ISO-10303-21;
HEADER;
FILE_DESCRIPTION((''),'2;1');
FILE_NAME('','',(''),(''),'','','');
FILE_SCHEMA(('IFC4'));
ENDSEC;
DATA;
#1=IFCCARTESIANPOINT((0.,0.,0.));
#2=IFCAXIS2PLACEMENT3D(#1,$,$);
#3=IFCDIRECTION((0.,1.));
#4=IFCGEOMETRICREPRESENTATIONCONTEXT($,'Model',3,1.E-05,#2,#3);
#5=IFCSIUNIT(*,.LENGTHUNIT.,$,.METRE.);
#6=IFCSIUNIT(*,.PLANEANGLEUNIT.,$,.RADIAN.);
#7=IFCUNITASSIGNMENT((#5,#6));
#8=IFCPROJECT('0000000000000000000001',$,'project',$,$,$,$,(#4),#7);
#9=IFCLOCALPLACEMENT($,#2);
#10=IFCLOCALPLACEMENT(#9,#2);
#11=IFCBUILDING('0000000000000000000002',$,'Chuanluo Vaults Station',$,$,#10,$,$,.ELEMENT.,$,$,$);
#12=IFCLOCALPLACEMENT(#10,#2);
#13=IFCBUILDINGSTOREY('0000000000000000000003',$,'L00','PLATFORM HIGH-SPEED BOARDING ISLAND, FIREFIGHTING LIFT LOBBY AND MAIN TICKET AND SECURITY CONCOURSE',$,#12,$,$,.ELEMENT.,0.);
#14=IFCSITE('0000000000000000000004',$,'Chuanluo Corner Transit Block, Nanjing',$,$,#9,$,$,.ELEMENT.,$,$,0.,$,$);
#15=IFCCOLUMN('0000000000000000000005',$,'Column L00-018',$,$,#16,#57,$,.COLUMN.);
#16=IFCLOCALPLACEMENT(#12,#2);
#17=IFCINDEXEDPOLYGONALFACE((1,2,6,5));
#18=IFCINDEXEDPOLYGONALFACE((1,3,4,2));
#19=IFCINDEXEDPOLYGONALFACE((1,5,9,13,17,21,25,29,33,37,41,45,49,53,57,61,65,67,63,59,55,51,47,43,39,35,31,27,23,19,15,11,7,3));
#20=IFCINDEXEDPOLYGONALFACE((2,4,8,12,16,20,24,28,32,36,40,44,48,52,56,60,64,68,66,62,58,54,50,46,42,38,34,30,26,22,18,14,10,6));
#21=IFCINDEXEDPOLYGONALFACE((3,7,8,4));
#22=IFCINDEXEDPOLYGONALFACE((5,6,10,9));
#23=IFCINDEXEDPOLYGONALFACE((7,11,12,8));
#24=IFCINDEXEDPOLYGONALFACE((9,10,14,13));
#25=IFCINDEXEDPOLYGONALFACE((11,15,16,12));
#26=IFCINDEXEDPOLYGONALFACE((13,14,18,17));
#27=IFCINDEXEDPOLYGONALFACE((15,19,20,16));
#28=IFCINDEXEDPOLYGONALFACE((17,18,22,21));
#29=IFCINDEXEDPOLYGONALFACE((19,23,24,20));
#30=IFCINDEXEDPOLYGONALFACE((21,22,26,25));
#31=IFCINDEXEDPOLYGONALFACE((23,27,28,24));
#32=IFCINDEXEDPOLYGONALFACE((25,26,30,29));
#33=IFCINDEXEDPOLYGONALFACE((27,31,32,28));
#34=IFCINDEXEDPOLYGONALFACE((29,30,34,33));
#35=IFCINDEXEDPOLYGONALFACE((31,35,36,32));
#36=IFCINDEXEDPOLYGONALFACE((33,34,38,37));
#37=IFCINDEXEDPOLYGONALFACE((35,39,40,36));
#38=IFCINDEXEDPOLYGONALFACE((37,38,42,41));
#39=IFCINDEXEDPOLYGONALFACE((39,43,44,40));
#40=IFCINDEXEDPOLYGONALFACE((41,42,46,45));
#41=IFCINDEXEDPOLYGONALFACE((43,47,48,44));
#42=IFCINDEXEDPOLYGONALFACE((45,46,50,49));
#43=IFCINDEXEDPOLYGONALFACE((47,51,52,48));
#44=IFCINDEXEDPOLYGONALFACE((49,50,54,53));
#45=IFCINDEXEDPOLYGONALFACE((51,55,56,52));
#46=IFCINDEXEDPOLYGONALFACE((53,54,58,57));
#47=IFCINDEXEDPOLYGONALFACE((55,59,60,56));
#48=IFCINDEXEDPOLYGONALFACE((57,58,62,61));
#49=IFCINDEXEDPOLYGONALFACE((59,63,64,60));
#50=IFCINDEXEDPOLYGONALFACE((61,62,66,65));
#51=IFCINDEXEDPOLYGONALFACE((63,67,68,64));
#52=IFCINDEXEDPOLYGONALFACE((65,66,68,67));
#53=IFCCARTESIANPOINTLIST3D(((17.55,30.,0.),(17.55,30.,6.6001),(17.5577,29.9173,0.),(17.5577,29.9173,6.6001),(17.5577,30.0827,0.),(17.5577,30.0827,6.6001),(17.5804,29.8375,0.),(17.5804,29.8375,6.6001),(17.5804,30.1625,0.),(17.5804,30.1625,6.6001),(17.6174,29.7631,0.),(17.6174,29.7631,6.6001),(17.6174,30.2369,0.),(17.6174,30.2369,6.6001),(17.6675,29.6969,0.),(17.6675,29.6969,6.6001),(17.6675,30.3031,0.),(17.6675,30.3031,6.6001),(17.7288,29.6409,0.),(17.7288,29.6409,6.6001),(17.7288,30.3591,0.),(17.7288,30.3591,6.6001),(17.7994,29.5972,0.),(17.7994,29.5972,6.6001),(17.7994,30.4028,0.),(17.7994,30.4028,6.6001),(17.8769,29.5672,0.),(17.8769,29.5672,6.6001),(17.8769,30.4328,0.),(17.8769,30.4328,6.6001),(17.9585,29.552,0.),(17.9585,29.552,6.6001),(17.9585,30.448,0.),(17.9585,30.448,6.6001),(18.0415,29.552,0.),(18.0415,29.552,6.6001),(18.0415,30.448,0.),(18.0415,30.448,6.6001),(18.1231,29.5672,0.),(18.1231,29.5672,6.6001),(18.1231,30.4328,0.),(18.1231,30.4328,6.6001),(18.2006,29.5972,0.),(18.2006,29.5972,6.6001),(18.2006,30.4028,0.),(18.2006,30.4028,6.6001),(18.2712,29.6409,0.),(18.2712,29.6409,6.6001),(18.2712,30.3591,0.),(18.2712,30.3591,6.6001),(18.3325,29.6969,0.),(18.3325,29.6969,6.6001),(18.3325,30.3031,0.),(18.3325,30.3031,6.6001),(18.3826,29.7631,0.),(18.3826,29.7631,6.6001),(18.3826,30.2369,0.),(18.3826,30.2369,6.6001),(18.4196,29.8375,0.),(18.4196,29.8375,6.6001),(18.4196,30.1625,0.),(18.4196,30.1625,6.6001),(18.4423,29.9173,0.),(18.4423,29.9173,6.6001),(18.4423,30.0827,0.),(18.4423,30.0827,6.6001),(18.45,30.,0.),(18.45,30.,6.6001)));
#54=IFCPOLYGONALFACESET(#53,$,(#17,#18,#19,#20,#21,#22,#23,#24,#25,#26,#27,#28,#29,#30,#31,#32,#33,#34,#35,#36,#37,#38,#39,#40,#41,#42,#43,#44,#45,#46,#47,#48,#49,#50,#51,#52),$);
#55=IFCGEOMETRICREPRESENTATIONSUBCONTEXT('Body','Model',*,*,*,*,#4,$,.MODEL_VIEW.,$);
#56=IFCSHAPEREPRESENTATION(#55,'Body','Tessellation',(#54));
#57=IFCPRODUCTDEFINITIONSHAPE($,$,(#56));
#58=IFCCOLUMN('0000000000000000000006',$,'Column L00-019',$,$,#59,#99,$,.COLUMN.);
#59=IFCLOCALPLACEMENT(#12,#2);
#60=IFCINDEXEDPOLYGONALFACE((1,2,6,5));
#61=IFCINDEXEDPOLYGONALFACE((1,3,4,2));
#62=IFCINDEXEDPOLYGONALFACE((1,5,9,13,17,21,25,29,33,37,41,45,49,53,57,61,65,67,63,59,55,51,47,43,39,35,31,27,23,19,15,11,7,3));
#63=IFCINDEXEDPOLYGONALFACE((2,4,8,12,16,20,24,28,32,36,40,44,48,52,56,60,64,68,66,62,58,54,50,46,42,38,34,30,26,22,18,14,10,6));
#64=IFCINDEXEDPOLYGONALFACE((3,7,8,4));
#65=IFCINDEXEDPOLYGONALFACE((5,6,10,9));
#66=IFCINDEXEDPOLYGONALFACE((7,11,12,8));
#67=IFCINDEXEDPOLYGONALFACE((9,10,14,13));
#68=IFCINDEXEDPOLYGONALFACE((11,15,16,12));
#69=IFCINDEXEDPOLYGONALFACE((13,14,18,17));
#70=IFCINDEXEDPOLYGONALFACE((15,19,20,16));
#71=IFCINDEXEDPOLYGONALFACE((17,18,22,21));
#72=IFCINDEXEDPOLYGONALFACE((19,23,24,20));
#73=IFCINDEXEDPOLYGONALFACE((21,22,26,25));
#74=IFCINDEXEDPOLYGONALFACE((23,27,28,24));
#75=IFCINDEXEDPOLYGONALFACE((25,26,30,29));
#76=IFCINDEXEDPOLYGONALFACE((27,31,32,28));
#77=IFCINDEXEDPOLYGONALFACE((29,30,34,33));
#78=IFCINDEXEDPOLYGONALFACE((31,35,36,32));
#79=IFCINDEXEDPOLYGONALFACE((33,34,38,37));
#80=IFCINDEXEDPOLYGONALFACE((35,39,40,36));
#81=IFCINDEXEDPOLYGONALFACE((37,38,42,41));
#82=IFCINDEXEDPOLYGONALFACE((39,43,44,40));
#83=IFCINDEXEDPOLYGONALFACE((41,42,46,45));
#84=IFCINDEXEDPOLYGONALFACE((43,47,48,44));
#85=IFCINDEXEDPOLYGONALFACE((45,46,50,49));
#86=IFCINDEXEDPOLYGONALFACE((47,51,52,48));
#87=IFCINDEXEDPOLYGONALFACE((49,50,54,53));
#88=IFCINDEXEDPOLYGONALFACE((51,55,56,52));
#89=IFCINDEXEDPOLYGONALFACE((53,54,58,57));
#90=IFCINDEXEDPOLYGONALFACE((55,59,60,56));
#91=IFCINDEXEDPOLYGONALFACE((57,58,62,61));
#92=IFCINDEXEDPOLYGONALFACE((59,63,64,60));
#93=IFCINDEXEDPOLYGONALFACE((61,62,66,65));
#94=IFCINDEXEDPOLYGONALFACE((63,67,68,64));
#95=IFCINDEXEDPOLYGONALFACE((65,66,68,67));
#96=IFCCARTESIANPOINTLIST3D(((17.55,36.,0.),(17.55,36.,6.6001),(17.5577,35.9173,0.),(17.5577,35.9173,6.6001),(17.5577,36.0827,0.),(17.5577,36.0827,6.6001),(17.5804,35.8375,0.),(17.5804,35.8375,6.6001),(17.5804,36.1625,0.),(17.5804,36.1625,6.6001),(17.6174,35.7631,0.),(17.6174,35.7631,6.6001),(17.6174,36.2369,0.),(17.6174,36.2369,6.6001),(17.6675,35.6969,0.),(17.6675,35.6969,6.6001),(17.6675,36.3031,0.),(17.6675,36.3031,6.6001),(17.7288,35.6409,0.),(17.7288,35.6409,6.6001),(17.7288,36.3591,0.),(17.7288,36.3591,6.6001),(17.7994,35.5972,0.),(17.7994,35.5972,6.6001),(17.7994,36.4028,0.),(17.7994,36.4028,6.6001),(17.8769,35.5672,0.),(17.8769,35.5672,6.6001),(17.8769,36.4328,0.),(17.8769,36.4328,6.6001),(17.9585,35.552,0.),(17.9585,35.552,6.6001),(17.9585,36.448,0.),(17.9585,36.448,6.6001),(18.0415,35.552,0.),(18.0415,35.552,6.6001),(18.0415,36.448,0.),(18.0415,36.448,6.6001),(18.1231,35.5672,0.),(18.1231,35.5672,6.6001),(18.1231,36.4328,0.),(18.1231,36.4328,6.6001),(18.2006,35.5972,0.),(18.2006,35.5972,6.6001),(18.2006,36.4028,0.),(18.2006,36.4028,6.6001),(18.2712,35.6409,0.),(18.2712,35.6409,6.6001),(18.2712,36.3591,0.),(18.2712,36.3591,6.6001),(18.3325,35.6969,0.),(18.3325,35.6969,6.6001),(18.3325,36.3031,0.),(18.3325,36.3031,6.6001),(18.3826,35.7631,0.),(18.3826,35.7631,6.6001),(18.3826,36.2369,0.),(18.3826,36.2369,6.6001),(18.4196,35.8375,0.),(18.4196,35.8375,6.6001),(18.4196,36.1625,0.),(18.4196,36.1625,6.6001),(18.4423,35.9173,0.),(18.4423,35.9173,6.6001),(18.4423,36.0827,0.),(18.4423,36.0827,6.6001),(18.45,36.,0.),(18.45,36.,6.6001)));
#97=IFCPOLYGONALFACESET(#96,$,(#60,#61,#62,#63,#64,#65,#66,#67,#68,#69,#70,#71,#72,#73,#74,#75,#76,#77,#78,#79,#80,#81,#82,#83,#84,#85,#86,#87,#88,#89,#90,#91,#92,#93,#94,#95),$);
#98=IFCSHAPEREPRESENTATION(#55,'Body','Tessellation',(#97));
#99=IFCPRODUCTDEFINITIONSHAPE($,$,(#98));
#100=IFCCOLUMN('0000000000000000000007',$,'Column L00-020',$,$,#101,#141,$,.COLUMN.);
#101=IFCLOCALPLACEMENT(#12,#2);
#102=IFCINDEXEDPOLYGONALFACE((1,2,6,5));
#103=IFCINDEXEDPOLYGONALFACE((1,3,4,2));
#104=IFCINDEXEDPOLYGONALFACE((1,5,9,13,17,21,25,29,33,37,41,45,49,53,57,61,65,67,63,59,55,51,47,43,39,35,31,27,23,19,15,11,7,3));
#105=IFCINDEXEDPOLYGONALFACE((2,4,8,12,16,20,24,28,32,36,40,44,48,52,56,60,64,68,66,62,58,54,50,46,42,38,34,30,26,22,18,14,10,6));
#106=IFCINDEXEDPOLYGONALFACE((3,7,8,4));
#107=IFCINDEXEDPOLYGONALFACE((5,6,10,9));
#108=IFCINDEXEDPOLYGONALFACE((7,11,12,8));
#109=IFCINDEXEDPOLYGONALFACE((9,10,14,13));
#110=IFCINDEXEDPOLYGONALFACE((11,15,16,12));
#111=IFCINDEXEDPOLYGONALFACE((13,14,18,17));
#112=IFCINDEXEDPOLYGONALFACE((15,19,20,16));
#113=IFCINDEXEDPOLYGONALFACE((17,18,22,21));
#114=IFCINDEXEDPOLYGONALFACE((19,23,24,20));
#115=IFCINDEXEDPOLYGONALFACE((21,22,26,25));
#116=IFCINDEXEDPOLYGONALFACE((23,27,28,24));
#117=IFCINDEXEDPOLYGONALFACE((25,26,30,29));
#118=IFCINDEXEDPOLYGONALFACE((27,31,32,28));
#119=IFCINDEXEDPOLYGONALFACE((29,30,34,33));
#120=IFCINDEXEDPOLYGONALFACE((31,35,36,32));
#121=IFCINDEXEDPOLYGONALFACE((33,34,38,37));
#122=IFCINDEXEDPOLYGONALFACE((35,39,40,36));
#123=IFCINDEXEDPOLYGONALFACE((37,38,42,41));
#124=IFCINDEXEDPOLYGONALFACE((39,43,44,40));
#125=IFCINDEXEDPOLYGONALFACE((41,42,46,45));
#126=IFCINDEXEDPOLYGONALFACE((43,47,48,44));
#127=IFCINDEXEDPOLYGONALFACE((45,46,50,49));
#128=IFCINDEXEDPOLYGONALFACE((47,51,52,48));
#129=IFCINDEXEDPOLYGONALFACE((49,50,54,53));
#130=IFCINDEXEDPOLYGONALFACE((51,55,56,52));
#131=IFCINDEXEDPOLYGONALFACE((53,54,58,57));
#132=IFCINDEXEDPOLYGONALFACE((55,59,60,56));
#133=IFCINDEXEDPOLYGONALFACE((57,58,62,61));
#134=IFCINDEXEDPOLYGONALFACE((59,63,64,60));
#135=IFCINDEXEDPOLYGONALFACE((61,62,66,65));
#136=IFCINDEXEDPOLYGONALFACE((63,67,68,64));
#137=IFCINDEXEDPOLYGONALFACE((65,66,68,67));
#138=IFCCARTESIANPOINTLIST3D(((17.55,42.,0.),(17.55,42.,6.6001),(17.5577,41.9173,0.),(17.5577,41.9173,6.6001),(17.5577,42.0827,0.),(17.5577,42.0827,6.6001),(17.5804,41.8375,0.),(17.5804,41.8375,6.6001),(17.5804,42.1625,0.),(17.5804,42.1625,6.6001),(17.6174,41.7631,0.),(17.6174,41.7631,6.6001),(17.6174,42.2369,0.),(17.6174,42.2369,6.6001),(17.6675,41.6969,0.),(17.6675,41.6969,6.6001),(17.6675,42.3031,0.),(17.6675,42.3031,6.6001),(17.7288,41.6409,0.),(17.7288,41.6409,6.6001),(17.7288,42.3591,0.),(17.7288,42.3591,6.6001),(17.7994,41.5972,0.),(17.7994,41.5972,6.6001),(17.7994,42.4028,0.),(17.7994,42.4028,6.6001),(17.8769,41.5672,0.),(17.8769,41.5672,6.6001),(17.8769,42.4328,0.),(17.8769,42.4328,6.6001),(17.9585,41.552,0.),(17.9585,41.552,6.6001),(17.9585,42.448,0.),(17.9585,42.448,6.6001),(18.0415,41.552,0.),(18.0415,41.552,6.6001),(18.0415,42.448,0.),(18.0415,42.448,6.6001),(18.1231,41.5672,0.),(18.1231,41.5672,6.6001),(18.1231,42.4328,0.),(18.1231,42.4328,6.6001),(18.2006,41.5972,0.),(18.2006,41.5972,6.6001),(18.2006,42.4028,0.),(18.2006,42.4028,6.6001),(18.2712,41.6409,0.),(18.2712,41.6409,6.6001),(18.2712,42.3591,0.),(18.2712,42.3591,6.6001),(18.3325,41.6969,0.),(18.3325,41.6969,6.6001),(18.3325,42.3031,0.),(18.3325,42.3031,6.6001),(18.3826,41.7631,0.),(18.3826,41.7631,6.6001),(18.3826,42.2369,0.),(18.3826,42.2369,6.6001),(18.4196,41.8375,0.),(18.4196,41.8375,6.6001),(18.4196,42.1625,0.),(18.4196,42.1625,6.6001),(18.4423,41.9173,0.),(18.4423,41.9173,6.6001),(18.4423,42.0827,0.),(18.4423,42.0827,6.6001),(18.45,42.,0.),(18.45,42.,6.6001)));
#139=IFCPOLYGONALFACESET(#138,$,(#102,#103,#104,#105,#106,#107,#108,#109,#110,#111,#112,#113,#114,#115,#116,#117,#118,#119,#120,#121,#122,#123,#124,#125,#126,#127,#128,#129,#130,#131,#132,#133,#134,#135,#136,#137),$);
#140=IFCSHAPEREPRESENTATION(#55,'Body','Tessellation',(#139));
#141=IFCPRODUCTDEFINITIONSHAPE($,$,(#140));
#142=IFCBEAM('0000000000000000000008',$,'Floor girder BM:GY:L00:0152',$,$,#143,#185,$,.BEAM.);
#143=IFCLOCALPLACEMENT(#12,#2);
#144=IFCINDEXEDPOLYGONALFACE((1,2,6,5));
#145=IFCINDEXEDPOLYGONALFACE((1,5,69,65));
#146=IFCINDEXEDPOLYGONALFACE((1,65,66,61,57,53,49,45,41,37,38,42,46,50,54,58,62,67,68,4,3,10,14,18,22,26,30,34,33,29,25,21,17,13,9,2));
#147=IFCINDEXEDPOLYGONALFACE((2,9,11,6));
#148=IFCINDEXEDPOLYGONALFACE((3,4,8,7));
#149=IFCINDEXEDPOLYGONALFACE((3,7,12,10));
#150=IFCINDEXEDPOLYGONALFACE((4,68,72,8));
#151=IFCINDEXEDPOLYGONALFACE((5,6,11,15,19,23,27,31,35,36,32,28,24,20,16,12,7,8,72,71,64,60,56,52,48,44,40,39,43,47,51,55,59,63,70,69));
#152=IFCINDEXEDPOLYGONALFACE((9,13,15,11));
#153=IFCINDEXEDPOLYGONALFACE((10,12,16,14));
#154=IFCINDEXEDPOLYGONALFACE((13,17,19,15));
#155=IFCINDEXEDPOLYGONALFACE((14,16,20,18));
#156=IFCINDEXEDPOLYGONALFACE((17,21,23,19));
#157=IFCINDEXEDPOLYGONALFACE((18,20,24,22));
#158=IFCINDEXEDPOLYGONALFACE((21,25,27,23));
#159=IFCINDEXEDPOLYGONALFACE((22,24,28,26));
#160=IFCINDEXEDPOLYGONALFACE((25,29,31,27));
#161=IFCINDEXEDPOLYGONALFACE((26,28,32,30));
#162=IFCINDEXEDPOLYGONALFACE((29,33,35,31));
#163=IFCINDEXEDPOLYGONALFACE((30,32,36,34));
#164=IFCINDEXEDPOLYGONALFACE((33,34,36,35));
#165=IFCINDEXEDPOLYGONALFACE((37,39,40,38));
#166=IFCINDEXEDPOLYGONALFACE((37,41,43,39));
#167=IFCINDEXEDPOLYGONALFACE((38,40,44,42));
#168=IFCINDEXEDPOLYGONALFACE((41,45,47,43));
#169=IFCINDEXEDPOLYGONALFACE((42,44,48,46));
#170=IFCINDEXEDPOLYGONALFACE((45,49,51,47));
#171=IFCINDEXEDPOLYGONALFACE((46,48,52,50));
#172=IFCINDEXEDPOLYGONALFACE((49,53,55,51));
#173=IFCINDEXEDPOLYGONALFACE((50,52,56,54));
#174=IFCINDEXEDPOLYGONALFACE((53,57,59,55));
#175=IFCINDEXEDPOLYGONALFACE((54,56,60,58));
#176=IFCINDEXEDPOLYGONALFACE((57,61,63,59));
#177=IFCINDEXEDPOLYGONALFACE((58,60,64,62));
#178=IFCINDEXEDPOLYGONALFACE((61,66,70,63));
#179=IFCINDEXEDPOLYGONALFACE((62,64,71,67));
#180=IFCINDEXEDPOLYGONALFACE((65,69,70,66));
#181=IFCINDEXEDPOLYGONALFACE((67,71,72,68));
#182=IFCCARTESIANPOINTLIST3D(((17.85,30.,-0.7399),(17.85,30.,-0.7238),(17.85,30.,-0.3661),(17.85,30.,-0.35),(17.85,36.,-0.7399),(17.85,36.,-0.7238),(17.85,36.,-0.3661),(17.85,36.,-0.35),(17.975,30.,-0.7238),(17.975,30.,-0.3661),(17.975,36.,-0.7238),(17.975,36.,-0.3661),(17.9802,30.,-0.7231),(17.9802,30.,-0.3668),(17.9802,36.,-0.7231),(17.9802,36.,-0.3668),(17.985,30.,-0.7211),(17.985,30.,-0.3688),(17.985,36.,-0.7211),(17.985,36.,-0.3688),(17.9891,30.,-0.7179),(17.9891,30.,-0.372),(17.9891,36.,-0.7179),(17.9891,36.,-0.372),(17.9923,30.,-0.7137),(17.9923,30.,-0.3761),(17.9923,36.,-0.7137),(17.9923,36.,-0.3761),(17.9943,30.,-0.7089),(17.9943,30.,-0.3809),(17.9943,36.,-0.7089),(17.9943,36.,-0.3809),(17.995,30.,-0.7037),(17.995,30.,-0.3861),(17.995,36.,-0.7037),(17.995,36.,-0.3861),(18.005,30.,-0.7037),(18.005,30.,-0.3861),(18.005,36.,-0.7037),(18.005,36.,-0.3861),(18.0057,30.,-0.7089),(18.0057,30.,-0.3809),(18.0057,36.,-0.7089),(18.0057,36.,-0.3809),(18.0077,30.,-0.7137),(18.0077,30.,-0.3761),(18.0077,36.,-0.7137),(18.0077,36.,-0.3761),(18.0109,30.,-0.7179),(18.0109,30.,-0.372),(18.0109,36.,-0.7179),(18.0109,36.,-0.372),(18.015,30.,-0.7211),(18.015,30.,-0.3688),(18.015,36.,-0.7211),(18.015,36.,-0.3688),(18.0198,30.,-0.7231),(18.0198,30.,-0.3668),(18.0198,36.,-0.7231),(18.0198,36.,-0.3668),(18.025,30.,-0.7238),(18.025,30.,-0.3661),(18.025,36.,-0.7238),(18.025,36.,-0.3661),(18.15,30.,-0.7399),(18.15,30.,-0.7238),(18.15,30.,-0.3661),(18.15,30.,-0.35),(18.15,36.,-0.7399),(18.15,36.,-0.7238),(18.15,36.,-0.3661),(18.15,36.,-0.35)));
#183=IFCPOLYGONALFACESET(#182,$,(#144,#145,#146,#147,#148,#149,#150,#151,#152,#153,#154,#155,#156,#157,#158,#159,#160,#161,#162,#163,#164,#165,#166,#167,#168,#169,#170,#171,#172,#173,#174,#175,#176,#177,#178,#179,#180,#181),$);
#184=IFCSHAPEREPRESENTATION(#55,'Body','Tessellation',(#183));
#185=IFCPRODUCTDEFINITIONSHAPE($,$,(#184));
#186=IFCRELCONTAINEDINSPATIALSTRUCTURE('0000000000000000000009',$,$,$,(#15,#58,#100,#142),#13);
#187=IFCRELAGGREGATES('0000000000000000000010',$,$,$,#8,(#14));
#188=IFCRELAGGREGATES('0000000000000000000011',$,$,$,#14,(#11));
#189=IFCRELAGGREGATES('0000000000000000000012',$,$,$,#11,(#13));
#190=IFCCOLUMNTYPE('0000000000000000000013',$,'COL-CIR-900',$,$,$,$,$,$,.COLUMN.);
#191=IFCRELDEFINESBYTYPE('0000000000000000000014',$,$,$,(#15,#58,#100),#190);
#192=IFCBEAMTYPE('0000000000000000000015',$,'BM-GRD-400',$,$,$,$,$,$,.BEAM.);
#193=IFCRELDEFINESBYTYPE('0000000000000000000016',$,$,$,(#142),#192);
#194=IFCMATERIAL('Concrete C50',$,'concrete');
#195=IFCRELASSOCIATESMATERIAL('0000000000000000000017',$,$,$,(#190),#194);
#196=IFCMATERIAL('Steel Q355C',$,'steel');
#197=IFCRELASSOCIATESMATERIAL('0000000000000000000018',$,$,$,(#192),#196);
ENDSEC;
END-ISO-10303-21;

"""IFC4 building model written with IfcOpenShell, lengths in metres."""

from ifc_helpers import new_model, si_unit, direction, frame, origin, origin_2d, place, context, subcontext, project, spatial, circle, i_section, extrude, material, material_profile, profile_set, type_object, element, save


model = new_model("IFC4")

# Units and contexts
model_context = context("Model", 3, precision=1e-05, world=origin(), true_north=direction((0.0, 1.0)))
body_context = subcontext(model_context, "Body", "Model", "MODEL_VIEW")
ifc_project = project(units=[si_unit("LENGTHUNIT", "METRE"), si_unit("PLANEANGLEUNIT", "RADIAN")], contexts=[model_context])

# Site, building, storey
site_placement = place(None, origin())
site = spatial("IfcSite", under=ifc_project, at=site_placement, Name="Chuanluo Corner Transit Block, Nanjing", CompositionType="ELEMENT", RefElevation=0.0)
building_placement = place(site_placement, origin())
building = spatial("IfcBuilding", under=site, at=building_placement, Name="Chuanluo Vaults Station", CompositionType="ELEMENT")
storey_placement = place(building_placement, origin())
storey = spatial("IfcBuildingStorey", under=building, at=storey_placement, Name="L00", Description="PLATFORM HIGH-SPEED BOARDING ISLAND, FIREFIGHTING LIFT LOBBY AND MAIN TICKET AND SECURITY CONCOURSE", CompositionType="ELEMENT", Elevation=0.0)

# Columns
ifc_material_1 = material(Name="Concrete C50", Category="concrete")
ifc_material_profile_1 = material_profile(ifc_material_1, circle(Radius=0.45, at=origin_2d()))
ifc_profile_set_1 = profile_set([ifc_material_profile_1], Name="Concrete C50")
column_type = type_object("IfcColumnType", Name="COL-CIR-900", PredefinedType="COLUMN", material=ifc_profile_set_1)
for number, where, z_axis, x_axis, name in (
    (1, (18.0, 30.0, 0.0), (0.0, 0.0, 1.0), (1.0, 0.0, 0.0), "Column L00-018"),
    (2, (18.0, 36.0, 0.0), (0.0, 0.0, 1.0), (1.0, 0.0, 0.0), "Column L00-019"),
    (3, (18.0, 42.0, 0.0), (0.0, 0.0, 1.0), (1.0, 0.0, 0.0), "Column L00-020"),
):
    element("IfcColumn", number, at=place(storey_placement, frame(where, z_axis=z_axis, x_axis=x_axis)), inside=storey, type_object=column_type, Name=name, PredefinedType="COLUMN", context=body_context, shape_type="SweptSolid", body=[
        extrude(circle(Radius=0.45, at=origin_2d()), origin(), (0.0, 0.0, 1.0), 6.6001),
    ])

# Beam
ifc_material_2 = material(Name="Steel Q355C", Category="steel")
ifc_material_profile_2 = material_profile(ifc_material_2, i_section(OverallWidth=0.3, OverallDepth=0.3899, WebThickness=0.01, FlangeThickness=0.0161, FilletRadius=0.02, at=origin_2d()))
ifc_profile_set_2 = profile_set([ifc_material_profile_2], Name="Steel Q355C")
beam_type_1 = type_object("IfcBeamType", Name="BM-GRD-400", PredefinedType="BEAM", material=ifc_profile_set_2)
for number, where, z_axis, x_axis, name in (
    (4, (18.0, 30.0, -0.5449), (0.0, 1.0, 0.0), (-1.0, 0.0, 0.0), "Floor girder BM:GY:L00:0152"),
):
    element("IfcBeam", number, at=place(storey_placement, frame(where, z_axis=z_axis, x_axis=x_axis)), inside=storey, type_object=beam_type_1, Name=name, PredefinedType="BEAM", context=body_context, shape_type="SweptSolid", body=[
        extrude(i_section(OverallWidth=0.3, OverallDepth=0.3899, WebThickness=0.01, FlangeThickness=0.0161, FilletRadius=0.02, at=origin_2d()), origin(), (0.0, 0.0, 1.0), 6.0),
    ])

save(model, "model.ifc")
